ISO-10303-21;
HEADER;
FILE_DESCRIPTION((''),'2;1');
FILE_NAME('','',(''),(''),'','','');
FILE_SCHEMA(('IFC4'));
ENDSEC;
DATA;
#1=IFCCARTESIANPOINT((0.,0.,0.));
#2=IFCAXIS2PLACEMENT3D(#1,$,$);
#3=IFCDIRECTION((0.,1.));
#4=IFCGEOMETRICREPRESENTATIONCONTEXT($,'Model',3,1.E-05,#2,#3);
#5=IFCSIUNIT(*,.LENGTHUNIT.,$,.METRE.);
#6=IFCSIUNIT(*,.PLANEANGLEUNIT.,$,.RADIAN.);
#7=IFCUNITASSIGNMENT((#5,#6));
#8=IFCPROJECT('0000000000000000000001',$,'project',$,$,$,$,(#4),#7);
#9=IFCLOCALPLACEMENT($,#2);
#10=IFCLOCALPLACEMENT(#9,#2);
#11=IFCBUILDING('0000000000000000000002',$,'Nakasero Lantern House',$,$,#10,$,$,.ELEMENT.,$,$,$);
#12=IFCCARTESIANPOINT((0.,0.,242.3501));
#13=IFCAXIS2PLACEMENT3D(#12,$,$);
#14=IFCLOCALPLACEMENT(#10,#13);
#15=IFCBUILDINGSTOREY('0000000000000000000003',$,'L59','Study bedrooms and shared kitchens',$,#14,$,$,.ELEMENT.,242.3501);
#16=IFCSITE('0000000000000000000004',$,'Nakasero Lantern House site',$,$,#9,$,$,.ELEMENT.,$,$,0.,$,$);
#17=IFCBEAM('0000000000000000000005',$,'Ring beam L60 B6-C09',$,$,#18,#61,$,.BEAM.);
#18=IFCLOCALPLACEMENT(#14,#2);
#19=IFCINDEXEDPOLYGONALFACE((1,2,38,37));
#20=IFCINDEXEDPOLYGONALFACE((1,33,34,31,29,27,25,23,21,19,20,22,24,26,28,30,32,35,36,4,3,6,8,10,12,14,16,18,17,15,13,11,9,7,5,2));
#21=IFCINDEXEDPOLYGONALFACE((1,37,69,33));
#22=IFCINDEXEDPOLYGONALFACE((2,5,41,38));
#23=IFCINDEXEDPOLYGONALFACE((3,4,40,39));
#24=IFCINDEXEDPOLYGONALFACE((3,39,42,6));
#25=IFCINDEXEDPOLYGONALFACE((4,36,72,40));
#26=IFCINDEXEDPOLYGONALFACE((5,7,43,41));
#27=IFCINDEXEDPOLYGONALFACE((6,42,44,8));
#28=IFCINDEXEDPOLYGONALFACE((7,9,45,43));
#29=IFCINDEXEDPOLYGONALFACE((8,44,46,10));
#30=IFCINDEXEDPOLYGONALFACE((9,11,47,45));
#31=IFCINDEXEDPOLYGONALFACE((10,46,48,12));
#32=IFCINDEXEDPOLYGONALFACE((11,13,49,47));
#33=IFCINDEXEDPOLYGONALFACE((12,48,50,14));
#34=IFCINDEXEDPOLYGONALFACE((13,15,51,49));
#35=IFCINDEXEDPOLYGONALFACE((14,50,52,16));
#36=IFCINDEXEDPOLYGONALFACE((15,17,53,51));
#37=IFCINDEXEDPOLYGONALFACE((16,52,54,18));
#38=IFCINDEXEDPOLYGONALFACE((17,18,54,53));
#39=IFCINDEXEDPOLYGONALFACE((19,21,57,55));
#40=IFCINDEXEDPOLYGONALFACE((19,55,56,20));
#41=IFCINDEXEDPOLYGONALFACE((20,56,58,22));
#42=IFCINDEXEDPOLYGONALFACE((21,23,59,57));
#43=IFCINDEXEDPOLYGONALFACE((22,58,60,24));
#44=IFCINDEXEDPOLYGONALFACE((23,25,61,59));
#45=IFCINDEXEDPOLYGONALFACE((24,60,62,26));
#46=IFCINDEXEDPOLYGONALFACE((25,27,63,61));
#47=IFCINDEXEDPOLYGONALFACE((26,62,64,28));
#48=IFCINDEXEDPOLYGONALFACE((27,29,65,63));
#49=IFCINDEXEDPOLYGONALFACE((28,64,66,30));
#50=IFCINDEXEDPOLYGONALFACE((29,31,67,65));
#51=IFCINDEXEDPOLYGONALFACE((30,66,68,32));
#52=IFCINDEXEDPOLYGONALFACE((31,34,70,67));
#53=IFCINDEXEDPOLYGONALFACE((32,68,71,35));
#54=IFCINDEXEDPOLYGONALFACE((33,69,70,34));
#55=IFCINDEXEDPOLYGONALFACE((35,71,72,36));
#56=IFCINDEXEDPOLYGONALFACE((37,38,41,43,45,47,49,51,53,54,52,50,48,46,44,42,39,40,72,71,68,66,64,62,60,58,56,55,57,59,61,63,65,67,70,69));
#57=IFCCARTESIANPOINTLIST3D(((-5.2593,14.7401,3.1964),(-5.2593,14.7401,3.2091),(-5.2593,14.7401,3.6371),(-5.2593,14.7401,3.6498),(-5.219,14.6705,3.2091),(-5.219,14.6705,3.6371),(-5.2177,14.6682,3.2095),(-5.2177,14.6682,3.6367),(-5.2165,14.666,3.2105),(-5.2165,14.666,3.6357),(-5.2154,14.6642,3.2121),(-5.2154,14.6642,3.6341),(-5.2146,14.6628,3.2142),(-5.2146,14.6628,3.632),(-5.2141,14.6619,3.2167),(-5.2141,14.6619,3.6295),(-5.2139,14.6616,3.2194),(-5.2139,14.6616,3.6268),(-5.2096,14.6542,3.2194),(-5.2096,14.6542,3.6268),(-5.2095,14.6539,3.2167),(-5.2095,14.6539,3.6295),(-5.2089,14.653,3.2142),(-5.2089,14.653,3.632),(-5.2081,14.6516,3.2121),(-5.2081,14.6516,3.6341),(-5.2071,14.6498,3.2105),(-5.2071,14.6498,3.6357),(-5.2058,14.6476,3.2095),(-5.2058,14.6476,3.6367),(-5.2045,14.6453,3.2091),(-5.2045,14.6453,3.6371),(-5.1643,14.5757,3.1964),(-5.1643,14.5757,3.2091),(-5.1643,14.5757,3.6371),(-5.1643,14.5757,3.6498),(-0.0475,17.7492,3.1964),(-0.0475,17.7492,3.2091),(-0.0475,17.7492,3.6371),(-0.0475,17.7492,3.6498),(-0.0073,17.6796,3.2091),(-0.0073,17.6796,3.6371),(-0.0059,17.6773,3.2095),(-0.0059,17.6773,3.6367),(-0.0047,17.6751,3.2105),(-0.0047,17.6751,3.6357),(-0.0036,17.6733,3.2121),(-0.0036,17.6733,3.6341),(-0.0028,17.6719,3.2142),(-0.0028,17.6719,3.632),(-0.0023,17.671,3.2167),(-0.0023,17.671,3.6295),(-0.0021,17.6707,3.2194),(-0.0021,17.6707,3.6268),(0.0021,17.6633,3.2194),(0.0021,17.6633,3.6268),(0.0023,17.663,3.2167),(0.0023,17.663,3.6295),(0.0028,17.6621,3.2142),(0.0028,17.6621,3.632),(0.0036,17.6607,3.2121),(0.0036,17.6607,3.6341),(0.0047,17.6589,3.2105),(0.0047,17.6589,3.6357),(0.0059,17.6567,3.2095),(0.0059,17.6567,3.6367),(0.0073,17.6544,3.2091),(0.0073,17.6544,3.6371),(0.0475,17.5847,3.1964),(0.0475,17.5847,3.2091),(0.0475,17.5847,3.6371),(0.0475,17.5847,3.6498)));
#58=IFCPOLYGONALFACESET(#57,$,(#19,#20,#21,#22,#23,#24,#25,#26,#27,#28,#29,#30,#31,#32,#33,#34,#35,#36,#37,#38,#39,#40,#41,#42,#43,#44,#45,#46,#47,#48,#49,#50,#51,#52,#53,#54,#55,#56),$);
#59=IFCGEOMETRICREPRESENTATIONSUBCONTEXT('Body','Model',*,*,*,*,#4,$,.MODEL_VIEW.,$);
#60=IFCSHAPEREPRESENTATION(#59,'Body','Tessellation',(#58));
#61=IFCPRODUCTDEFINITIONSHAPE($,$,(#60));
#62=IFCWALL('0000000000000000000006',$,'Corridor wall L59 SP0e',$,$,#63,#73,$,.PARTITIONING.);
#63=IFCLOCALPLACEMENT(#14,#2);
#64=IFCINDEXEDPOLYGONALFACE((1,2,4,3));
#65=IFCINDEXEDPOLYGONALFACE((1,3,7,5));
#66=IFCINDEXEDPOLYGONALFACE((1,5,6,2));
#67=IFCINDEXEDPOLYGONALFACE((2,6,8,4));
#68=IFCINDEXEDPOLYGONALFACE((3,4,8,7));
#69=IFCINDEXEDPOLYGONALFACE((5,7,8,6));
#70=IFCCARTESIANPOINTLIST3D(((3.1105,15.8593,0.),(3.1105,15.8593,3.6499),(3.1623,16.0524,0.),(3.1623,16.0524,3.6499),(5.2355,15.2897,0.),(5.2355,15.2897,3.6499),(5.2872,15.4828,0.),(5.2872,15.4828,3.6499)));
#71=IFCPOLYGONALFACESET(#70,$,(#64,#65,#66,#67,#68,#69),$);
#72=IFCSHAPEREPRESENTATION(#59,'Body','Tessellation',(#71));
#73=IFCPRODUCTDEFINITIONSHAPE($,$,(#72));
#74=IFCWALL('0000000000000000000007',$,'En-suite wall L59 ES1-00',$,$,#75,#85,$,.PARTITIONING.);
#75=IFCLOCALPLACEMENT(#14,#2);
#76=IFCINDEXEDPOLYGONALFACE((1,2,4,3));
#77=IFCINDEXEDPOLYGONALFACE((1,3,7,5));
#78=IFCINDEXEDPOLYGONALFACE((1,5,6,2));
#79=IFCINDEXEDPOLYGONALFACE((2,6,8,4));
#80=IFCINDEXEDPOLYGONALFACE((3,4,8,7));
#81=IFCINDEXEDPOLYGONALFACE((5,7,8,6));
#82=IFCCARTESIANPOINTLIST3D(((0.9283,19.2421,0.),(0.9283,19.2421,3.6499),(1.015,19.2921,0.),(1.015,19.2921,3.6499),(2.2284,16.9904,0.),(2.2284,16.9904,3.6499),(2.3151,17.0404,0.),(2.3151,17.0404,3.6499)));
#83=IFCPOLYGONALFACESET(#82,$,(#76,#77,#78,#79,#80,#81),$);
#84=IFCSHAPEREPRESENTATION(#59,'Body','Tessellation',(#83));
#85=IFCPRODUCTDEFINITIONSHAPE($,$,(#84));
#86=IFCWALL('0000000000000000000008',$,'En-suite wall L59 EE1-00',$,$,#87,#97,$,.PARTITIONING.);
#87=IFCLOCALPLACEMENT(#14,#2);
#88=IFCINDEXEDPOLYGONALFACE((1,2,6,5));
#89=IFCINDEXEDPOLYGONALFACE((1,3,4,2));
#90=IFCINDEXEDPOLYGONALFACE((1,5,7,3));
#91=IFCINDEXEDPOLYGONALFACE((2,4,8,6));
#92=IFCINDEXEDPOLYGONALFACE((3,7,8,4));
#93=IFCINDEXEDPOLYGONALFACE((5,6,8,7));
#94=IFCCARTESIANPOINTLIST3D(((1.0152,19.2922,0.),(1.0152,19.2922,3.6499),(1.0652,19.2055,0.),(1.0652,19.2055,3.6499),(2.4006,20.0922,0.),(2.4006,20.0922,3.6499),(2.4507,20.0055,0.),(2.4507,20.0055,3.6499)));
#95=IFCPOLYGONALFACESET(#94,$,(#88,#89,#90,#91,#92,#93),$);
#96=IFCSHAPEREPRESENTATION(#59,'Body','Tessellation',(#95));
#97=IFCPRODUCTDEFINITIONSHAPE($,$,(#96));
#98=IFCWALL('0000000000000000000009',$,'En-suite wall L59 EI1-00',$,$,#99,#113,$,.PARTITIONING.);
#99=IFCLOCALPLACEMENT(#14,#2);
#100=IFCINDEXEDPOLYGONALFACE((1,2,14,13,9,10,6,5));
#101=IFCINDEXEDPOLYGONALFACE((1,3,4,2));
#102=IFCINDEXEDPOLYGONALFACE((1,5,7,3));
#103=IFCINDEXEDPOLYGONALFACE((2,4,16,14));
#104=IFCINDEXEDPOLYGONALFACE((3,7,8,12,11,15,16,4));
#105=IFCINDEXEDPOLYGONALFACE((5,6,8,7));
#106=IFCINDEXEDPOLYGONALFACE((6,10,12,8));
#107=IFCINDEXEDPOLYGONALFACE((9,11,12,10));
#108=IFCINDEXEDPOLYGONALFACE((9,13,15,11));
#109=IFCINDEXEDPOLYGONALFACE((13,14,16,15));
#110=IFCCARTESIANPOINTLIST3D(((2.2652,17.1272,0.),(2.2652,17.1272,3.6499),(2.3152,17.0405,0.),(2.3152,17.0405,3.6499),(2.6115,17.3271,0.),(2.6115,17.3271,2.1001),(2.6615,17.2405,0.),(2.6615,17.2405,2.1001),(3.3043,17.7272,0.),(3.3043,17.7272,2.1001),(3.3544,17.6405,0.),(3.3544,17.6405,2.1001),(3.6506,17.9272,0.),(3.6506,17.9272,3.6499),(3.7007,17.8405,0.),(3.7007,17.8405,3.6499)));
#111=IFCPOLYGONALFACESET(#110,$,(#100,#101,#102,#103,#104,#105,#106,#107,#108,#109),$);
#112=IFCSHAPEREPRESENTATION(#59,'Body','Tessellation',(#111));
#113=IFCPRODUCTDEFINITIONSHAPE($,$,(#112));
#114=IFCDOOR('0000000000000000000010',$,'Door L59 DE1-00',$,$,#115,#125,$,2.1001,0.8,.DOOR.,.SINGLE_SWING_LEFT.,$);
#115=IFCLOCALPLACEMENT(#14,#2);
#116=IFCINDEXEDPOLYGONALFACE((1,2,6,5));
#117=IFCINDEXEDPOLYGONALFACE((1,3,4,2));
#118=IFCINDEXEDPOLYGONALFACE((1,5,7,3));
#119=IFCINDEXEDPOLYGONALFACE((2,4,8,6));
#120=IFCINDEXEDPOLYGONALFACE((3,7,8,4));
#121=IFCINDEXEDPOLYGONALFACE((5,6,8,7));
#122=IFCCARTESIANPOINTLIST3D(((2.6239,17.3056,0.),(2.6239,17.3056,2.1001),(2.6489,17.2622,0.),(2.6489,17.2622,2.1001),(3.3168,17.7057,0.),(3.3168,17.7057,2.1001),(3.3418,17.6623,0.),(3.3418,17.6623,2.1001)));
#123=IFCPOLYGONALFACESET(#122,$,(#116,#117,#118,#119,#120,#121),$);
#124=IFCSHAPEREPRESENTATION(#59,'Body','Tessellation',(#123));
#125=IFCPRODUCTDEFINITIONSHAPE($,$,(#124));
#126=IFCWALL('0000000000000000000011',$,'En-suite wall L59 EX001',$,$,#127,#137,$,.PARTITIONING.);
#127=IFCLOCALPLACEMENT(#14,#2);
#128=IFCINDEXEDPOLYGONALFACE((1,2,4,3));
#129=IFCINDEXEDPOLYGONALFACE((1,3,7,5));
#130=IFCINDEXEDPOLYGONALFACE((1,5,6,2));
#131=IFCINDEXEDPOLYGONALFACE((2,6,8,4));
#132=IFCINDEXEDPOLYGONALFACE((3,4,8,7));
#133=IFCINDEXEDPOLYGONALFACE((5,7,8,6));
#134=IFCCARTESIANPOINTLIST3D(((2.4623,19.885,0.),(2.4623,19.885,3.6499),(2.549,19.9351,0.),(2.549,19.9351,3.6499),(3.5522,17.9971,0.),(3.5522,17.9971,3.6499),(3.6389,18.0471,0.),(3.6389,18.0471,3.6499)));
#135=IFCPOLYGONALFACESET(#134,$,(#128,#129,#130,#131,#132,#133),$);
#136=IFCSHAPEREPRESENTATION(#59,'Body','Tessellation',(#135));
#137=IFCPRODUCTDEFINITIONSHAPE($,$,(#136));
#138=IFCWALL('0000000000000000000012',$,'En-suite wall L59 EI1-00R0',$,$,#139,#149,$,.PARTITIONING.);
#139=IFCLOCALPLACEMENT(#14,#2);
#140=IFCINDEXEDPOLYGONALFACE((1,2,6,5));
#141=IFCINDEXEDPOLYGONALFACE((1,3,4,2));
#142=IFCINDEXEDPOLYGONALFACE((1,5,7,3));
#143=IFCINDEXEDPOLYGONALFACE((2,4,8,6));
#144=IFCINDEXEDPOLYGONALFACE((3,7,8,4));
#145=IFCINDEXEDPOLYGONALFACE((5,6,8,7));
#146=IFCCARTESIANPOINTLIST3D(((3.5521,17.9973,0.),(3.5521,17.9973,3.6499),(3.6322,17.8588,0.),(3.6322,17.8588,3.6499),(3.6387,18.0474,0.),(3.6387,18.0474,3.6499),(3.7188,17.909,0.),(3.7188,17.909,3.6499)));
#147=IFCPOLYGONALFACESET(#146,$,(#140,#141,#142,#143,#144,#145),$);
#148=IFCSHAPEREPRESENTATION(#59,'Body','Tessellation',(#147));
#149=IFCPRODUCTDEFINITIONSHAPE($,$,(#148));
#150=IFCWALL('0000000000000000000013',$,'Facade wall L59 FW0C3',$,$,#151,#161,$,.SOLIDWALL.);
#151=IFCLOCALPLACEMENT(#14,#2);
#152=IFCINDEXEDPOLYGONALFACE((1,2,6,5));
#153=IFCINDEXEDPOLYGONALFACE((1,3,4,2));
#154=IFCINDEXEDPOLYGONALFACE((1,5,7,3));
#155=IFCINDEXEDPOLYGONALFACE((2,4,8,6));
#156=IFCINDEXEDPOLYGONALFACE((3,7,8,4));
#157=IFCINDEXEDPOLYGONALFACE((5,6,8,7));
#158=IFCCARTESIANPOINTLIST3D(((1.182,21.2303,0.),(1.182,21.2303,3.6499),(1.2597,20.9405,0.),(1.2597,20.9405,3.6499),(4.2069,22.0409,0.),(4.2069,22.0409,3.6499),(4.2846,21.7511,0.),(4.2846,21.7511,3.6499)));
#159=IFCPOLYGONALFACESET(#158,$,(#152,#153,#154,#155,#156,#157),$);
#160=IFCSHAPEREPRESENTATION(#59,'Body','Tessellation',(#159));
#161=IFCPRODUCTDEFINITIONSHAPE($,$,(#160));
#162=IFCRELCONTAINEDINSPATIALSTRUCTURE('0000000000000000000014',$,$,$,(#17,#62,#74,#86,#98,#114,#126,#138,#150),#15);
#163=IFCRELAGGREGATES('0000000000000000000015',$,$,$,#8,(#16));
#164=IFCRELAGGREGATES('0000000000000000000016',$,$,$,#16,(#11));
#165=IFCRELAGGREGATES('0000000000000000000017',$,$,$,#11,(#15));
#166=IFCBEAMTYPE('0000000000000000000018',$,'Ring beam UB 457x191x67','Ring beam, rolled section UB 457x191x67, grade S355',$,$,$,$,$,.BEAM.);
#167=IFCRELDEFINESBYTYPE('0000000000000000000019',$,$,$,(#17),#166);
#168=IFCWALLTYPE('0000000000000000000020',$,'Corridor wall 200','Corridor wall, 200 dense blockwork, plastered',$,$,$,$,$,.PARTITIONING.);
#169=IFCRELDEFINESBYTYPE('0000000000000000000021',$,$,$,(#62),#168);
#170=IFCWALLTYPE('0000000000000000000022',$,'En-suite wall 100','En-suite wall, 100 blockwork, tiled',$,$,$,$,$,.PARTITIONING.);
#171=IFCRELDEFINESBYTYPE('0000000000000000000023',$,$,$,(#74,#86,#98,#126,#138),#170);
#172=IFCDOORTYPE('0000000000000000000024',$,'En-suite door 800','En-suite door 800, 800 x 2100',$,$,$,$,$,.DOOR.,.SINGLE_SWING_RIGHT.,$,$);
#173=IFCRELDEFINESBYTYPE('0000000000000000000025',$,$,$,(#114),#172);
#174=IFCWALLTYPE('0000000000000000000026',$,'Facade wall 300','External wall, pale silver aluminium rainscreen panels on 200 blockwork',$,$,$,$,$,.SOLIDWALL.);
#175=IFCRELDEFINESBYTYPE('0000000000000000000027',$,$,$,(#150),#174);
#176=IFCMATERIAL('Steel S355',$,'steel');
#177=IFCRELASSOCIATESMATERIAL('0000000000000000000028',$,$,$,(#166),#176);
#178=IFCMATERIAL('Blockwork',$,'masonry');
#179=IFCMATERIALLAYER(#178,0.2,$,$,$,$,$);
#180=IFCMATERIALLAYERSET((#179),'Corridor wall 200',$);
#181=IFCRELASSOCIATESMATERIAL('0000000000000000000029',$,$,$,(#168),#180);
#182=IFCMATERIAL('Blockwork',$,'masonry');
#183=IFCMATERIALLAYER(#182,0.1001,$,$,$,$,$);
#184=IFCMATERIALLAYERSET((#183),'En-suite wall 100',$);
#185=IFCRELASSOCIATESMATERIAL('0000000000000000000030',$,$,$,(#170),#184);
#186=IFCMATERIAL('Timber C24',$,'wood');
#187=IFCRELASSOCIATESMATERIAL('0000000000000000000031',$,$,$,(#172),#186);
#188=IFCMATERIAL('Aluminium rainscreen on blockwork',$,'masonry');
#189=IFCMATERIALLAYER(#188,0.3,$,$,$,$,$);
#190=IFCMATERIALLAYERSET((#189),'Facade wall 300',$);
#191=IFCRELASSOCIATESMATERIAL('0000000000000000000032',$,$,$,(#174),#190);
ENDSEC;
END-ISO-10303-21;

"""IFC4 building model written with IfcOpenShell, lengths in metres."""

from ifc_helpers import new_model, si_unit, direction, frame, frame_2d, origin, origin_2d, place, context, subcontext, project, spatial, rectangle, i_section, extrude, material, layer, layer_set, material_profile, profile_set, type_object, element, fill, save


model = new_model("IFC4")

# Units and contexts
model_context = context("Model", 3, precision=1e-05, world=origin(), true_north=direction((0.0, 1.0)))
body_context = subcontext(model_context, "Body", "Model", "MODEL_VIEW")
ifc_project = project(units=[si_unit("LENGTHUNIT", "METRE"), si_unit("PLANEANGLEUNIT", "RADIAN")], contexts=[model_context])

# Site, building, storey
site_placement = place(None, origin())
site = spatial("IfcSite", under=ifc_project, at=site_placement, Name="Nakasero Lantern House site", CompositionType="ELEMENT", RefElevation=0.0)
building_placement = place(site_placement, origin())
building = spatial("IfcBuilding", under=site, at=building_placement, Name="Nakasero Lantern House", CompositionType="ELEMENT")
storey_placement = place(building_placement, frame((0.0, 0.0, 242.3501)))
storey = spatial("IfcBuildingStorey", under=building, at=storey_placement, Name="L59", Description="Study bedrooms and shared kitchens", CompositionType="ELEMENT", Elevation=242.3501)

# Beam
ifc_material_1 = material(Name="Steel S355", Category="steel")
ifc_material_profile = material_profile(ifc_material_1, i_section(OverallWidth=0.1899, OverallDepth=0.4534, WebThickness=0.0085, FlangeThickness=0.0127, FilletRadius=0.0103, at=origin_2d()), Name="UB 457x191x67")
ifc_profile_set = profile_set([ifc_material_profile], Name="Steel S355")
beam_type = type_object("IfcBeamType", Name="Ring beam UB 457x191x67", Description="Ring beam, rolled section UB 457x191x67, grade S355", PredefinedType="BEAM", material=ifc_profile_set)
beam_placement = place(storey_placement, frame((0.0, 17.667, 3.4231), z_axis=(-0.86602, -0.500009, 0.0), x_axis=(0.500009, -0.86602, 0.0)))
element("IfcBeam", 1, at=beam_placement, inside=storey, type_object=beam_type, Name="Ring beam L60 B6-C09", PredefinedType="BEAM", context=body_context, shape_type="SweptSolid", body=[
    extrude(i_section(OverallWidth=0.1899, OverallDepth=0.4534, WebThickness=0.0085, FlangeThickness=0.0127, FilletRadius=0.0103, at=origin_2d()), origin(), (0.0, 0.0, 1.0), 6.0181),
])

# Walls
ifc_material_2 = material(Name="Blockwork", Category="masonry")
ifc_layer_1 = layer(ifc_material_2, 0.2)
ifc_layer_set_1 = layer_set([ifc_layer_1], Name="Corridor wall 200")
wall_type_1 = type_object("IfcWallType", Name="Corridor wall 200", Description="Corridor wall, 200 dense blockwork, plastered", PredefinedType="PARTITIONING", material=ifc_layer_set_1)
wall_1_placement = place(storey_placement, frame((5.2615, 15.3862, 0.0), z_axis=(0.0, 0.0, 1.0), x_axis=(-0.965904, 0.258899, 0.0)))
element("IfcWall", 2, at=wall_1_placement, inside=storey, type_object=wall_type_1, Name="Corridor wall L59 SP0e", PredefinedType="PARTITIONING", context=body_context, shape_type="SweptSolid", body=[
    extrude(rectangle(XDim=2.2, YDim=0.2, at=frame_2d((1.1001, 0.0))), origin(), (0.0, 0.0, 1.0), 3.6499),
])
ifc_material_3 = material(Name="Blockwork", Category="masonry")
ifc_layer_2 = layer(ifc_material_3, 0.1001)
ifc_layer_set_2 = layer_set([ifc_layer_2], Name="En-suite wall 100")
wall_type_2 = type_object("IfcWallType", Name="En-suite wall 100", Description="En-suite wall, 100 blockwork, tiled", PredefinedType="PARTITIONING", material=ifc_layer_set_2)
wall_2_placement = place(storey_placement, frame((2.2717, 17.0154, 0.0), z_axis=(0.0, 0.0, 1.0), x_axis=(-0.500007, 0.866021, 0.0)))
element("IfcWall", 3, at=wall_2_placement, inside=storey, type_object=wall_type_2, Name="En-suite wall L59 ES1-00", PredefinedType="PARTITIONING", context=body_context, shape_type="SweptSolid", body=[
    extrude(rectangle(XDim=2.6001, YDim=0.1001, at=frame_2d((1.3, 0.0))), origin(), (0.0, 0.0, 1.0), 3.6499),
])
wall_3_placement = place(storey_placement, frame((2.4255, 20.0488, 0.0), z_axis=(0.0, 0.0, 1.0), x_axis=(-0.86599, -0.500061, 0.0)))
element("IfcWall", 4, at=wall_3_placement, inside=storey, type_object=wall_type_2, Name="En-suite wall L59 EE1-00", PredefinedType="PARTITIONING", context=body_context, shape_type="SweptSolid", body=[
    extrude(rectangle(XDim=1.5999, YDim=0.1001, at=frame_2d((0.7998, 0.0))), origin(), (0.0, 0.0, 1.0), 3.6499),
])

# Wall, opening, door
wall_4_placement = place(storey_placement, frame((3.6755, 17.8838, 0.0), z_axis=(0.0, 0.0, 1.0), x_axis=(-0.86599, -0.500061, 0.0)))
wall_4 = element("IfcWall", 5, at=wall_4_placement, inside=storey, type_object=wall_type_2, Name="En-suite wall L59 EI1-00", PredefinedType="PARTITIONING", context=body_context, shape_type="SweptSolid", body=[
    extrude(rectangle(XDim=1.5999, YDim=0.1001, at=frame_2d((0.7998, 0.0))), origin(), (0.0, 0.0, 1.0), 3.6499),
])
opening_1_placement = place(wall_4_placement, frame((0.3999, 0.0, 0.0)))
opening_1 = element("IfcOpeningElement", 6, at=opening_1_placement, cuts=wall_4, PredefinedType="OPENING", context=body_context, shape_type="SweptSolid", body=[
    extrude(rectangle(XDim=0.8, YDim=2.1001, at=frame_2d((0.3999, 1.05))), frame((0.0, 0.0701, 0.0), z_axis=(0.0, -1.0, 0.0), x_axis=(1.0, 0.0, 0.0)), (0.0, 0.0, 1.0), 0.1401),
])
ifc_material_4 = material(Name="Timber C24", Category="wood")
door_type_1 = type_object("IfcDoorType", Name="En-suite door 800", Description="En-suite door 800, 800 x 2100", OperationType="SINGLE_SWING_RIGHT", PredefinedType="DOOR", material=ifc_material_4)
door_1_placement = place(opening_1_placement, origin())
door_1 = element("IfcDoor", 7, at=door_1_placement, inside=storey, type_object=door_type_1, Name="Door L59 DE1-00", OperationType="SINGLE_SWING_LEFT", OverallHeight=2.1001, OverallWidth=0.8, PredefinedType="DOOR", context=body_context, shape_type="SweptSolid", body=[
    extrude(rectangle(XDim=0.8, YDim=2.1001, at=frame_2d((0.3999, 1.05))), frame((0.0, 0.0249, 0.0), z_axis=(0.0, -1.0, 0.0), x_axis=(1.0, 0.0, 0.0)), (0.0, 0.0, 1.0), 0.05),
])
fill(opening_1, door_1)

# Walls
wall_5_placement = place(storey_placement, frame((3.5955, 18.0222, 0.0), z_axis=(0.0, 0.0, 1.0), x_axis=(-0.499945, 0.866057, 0.0)))
element("IfcWall", 8, at=wall_5_placement, inside=storey, type_object=wall_type_2, Name="En-suite wall L59 EX001", PredefinedType="PARTITIONING", context=body_context, shape_type="SweptSolid", body=[
    extrude(rectangle(XDim=2.1799, YDim=0.1001, at=frame_2d((1.0898, 0.0))), origin(), (0.0, 0.0, 1.0), 3.6499),
])
wall_6_placement = place(storey_placement, frame((3.6755, 17.8838, 0.0), z_axis=(0.0, 0.0, 1.0), x_axis=(-0.500735, 0.8656, 0.0)))
element("IfcWall", 9, at=wall_6_placement, inside=storey, type_object=wall_type_2, Name="En-suite wall L59 EI1-00R0", PredefinedType="PARTITIONING", context=body_context, shape_type="SweptSolid", body=[
    extrude(rectangle(XDim=0.1599, YDim=0.1001, at=frame_2d((0.0801, 0.0))), origin(), (0.0, 0.0, 1.0), 3.6499),
])
ifc_material_5 = material(Name="Aluminium rainscreen on blockwork", Category="masonry")
ifc_layer_3 = layer(ifc_material_5, 0.3)
ifc_layer_set_3 = layer_set([ifc_layer_3], Name="Facade wall 300")
wall_type_3 = type_object("IfcWallType", Name="Facade wall 300", Description="External wall, pale silver aluminium rainscreen panels on 200 blockwork", PredefinedType="SOLIDWALL", material=ifc_layer_set_3)
wall_7_placement = place(storey_placement, frame((4.2458, 21.896, 0.0), z_axis=(0.0, 0.0, 1.0), x_axis=(-0.965924, -0.258827, 0.0)))
element("IfcWall", 10, at=wall_7_placement, inside=storey, type_object=wall_type_3, Name="Facade wall L59 FW0C3", PredefinedType="SOLIDWALL", context=body_context, shape_type="SweptSolid", body=[
    extrude(rectangle(XDim=3.1316, YDim=0.3, at=frame_2d((1.5659, 0.0))), origin(), (0.0, 0.0, 1.0), 3.6499),
])

save(model, "model.ifc")
